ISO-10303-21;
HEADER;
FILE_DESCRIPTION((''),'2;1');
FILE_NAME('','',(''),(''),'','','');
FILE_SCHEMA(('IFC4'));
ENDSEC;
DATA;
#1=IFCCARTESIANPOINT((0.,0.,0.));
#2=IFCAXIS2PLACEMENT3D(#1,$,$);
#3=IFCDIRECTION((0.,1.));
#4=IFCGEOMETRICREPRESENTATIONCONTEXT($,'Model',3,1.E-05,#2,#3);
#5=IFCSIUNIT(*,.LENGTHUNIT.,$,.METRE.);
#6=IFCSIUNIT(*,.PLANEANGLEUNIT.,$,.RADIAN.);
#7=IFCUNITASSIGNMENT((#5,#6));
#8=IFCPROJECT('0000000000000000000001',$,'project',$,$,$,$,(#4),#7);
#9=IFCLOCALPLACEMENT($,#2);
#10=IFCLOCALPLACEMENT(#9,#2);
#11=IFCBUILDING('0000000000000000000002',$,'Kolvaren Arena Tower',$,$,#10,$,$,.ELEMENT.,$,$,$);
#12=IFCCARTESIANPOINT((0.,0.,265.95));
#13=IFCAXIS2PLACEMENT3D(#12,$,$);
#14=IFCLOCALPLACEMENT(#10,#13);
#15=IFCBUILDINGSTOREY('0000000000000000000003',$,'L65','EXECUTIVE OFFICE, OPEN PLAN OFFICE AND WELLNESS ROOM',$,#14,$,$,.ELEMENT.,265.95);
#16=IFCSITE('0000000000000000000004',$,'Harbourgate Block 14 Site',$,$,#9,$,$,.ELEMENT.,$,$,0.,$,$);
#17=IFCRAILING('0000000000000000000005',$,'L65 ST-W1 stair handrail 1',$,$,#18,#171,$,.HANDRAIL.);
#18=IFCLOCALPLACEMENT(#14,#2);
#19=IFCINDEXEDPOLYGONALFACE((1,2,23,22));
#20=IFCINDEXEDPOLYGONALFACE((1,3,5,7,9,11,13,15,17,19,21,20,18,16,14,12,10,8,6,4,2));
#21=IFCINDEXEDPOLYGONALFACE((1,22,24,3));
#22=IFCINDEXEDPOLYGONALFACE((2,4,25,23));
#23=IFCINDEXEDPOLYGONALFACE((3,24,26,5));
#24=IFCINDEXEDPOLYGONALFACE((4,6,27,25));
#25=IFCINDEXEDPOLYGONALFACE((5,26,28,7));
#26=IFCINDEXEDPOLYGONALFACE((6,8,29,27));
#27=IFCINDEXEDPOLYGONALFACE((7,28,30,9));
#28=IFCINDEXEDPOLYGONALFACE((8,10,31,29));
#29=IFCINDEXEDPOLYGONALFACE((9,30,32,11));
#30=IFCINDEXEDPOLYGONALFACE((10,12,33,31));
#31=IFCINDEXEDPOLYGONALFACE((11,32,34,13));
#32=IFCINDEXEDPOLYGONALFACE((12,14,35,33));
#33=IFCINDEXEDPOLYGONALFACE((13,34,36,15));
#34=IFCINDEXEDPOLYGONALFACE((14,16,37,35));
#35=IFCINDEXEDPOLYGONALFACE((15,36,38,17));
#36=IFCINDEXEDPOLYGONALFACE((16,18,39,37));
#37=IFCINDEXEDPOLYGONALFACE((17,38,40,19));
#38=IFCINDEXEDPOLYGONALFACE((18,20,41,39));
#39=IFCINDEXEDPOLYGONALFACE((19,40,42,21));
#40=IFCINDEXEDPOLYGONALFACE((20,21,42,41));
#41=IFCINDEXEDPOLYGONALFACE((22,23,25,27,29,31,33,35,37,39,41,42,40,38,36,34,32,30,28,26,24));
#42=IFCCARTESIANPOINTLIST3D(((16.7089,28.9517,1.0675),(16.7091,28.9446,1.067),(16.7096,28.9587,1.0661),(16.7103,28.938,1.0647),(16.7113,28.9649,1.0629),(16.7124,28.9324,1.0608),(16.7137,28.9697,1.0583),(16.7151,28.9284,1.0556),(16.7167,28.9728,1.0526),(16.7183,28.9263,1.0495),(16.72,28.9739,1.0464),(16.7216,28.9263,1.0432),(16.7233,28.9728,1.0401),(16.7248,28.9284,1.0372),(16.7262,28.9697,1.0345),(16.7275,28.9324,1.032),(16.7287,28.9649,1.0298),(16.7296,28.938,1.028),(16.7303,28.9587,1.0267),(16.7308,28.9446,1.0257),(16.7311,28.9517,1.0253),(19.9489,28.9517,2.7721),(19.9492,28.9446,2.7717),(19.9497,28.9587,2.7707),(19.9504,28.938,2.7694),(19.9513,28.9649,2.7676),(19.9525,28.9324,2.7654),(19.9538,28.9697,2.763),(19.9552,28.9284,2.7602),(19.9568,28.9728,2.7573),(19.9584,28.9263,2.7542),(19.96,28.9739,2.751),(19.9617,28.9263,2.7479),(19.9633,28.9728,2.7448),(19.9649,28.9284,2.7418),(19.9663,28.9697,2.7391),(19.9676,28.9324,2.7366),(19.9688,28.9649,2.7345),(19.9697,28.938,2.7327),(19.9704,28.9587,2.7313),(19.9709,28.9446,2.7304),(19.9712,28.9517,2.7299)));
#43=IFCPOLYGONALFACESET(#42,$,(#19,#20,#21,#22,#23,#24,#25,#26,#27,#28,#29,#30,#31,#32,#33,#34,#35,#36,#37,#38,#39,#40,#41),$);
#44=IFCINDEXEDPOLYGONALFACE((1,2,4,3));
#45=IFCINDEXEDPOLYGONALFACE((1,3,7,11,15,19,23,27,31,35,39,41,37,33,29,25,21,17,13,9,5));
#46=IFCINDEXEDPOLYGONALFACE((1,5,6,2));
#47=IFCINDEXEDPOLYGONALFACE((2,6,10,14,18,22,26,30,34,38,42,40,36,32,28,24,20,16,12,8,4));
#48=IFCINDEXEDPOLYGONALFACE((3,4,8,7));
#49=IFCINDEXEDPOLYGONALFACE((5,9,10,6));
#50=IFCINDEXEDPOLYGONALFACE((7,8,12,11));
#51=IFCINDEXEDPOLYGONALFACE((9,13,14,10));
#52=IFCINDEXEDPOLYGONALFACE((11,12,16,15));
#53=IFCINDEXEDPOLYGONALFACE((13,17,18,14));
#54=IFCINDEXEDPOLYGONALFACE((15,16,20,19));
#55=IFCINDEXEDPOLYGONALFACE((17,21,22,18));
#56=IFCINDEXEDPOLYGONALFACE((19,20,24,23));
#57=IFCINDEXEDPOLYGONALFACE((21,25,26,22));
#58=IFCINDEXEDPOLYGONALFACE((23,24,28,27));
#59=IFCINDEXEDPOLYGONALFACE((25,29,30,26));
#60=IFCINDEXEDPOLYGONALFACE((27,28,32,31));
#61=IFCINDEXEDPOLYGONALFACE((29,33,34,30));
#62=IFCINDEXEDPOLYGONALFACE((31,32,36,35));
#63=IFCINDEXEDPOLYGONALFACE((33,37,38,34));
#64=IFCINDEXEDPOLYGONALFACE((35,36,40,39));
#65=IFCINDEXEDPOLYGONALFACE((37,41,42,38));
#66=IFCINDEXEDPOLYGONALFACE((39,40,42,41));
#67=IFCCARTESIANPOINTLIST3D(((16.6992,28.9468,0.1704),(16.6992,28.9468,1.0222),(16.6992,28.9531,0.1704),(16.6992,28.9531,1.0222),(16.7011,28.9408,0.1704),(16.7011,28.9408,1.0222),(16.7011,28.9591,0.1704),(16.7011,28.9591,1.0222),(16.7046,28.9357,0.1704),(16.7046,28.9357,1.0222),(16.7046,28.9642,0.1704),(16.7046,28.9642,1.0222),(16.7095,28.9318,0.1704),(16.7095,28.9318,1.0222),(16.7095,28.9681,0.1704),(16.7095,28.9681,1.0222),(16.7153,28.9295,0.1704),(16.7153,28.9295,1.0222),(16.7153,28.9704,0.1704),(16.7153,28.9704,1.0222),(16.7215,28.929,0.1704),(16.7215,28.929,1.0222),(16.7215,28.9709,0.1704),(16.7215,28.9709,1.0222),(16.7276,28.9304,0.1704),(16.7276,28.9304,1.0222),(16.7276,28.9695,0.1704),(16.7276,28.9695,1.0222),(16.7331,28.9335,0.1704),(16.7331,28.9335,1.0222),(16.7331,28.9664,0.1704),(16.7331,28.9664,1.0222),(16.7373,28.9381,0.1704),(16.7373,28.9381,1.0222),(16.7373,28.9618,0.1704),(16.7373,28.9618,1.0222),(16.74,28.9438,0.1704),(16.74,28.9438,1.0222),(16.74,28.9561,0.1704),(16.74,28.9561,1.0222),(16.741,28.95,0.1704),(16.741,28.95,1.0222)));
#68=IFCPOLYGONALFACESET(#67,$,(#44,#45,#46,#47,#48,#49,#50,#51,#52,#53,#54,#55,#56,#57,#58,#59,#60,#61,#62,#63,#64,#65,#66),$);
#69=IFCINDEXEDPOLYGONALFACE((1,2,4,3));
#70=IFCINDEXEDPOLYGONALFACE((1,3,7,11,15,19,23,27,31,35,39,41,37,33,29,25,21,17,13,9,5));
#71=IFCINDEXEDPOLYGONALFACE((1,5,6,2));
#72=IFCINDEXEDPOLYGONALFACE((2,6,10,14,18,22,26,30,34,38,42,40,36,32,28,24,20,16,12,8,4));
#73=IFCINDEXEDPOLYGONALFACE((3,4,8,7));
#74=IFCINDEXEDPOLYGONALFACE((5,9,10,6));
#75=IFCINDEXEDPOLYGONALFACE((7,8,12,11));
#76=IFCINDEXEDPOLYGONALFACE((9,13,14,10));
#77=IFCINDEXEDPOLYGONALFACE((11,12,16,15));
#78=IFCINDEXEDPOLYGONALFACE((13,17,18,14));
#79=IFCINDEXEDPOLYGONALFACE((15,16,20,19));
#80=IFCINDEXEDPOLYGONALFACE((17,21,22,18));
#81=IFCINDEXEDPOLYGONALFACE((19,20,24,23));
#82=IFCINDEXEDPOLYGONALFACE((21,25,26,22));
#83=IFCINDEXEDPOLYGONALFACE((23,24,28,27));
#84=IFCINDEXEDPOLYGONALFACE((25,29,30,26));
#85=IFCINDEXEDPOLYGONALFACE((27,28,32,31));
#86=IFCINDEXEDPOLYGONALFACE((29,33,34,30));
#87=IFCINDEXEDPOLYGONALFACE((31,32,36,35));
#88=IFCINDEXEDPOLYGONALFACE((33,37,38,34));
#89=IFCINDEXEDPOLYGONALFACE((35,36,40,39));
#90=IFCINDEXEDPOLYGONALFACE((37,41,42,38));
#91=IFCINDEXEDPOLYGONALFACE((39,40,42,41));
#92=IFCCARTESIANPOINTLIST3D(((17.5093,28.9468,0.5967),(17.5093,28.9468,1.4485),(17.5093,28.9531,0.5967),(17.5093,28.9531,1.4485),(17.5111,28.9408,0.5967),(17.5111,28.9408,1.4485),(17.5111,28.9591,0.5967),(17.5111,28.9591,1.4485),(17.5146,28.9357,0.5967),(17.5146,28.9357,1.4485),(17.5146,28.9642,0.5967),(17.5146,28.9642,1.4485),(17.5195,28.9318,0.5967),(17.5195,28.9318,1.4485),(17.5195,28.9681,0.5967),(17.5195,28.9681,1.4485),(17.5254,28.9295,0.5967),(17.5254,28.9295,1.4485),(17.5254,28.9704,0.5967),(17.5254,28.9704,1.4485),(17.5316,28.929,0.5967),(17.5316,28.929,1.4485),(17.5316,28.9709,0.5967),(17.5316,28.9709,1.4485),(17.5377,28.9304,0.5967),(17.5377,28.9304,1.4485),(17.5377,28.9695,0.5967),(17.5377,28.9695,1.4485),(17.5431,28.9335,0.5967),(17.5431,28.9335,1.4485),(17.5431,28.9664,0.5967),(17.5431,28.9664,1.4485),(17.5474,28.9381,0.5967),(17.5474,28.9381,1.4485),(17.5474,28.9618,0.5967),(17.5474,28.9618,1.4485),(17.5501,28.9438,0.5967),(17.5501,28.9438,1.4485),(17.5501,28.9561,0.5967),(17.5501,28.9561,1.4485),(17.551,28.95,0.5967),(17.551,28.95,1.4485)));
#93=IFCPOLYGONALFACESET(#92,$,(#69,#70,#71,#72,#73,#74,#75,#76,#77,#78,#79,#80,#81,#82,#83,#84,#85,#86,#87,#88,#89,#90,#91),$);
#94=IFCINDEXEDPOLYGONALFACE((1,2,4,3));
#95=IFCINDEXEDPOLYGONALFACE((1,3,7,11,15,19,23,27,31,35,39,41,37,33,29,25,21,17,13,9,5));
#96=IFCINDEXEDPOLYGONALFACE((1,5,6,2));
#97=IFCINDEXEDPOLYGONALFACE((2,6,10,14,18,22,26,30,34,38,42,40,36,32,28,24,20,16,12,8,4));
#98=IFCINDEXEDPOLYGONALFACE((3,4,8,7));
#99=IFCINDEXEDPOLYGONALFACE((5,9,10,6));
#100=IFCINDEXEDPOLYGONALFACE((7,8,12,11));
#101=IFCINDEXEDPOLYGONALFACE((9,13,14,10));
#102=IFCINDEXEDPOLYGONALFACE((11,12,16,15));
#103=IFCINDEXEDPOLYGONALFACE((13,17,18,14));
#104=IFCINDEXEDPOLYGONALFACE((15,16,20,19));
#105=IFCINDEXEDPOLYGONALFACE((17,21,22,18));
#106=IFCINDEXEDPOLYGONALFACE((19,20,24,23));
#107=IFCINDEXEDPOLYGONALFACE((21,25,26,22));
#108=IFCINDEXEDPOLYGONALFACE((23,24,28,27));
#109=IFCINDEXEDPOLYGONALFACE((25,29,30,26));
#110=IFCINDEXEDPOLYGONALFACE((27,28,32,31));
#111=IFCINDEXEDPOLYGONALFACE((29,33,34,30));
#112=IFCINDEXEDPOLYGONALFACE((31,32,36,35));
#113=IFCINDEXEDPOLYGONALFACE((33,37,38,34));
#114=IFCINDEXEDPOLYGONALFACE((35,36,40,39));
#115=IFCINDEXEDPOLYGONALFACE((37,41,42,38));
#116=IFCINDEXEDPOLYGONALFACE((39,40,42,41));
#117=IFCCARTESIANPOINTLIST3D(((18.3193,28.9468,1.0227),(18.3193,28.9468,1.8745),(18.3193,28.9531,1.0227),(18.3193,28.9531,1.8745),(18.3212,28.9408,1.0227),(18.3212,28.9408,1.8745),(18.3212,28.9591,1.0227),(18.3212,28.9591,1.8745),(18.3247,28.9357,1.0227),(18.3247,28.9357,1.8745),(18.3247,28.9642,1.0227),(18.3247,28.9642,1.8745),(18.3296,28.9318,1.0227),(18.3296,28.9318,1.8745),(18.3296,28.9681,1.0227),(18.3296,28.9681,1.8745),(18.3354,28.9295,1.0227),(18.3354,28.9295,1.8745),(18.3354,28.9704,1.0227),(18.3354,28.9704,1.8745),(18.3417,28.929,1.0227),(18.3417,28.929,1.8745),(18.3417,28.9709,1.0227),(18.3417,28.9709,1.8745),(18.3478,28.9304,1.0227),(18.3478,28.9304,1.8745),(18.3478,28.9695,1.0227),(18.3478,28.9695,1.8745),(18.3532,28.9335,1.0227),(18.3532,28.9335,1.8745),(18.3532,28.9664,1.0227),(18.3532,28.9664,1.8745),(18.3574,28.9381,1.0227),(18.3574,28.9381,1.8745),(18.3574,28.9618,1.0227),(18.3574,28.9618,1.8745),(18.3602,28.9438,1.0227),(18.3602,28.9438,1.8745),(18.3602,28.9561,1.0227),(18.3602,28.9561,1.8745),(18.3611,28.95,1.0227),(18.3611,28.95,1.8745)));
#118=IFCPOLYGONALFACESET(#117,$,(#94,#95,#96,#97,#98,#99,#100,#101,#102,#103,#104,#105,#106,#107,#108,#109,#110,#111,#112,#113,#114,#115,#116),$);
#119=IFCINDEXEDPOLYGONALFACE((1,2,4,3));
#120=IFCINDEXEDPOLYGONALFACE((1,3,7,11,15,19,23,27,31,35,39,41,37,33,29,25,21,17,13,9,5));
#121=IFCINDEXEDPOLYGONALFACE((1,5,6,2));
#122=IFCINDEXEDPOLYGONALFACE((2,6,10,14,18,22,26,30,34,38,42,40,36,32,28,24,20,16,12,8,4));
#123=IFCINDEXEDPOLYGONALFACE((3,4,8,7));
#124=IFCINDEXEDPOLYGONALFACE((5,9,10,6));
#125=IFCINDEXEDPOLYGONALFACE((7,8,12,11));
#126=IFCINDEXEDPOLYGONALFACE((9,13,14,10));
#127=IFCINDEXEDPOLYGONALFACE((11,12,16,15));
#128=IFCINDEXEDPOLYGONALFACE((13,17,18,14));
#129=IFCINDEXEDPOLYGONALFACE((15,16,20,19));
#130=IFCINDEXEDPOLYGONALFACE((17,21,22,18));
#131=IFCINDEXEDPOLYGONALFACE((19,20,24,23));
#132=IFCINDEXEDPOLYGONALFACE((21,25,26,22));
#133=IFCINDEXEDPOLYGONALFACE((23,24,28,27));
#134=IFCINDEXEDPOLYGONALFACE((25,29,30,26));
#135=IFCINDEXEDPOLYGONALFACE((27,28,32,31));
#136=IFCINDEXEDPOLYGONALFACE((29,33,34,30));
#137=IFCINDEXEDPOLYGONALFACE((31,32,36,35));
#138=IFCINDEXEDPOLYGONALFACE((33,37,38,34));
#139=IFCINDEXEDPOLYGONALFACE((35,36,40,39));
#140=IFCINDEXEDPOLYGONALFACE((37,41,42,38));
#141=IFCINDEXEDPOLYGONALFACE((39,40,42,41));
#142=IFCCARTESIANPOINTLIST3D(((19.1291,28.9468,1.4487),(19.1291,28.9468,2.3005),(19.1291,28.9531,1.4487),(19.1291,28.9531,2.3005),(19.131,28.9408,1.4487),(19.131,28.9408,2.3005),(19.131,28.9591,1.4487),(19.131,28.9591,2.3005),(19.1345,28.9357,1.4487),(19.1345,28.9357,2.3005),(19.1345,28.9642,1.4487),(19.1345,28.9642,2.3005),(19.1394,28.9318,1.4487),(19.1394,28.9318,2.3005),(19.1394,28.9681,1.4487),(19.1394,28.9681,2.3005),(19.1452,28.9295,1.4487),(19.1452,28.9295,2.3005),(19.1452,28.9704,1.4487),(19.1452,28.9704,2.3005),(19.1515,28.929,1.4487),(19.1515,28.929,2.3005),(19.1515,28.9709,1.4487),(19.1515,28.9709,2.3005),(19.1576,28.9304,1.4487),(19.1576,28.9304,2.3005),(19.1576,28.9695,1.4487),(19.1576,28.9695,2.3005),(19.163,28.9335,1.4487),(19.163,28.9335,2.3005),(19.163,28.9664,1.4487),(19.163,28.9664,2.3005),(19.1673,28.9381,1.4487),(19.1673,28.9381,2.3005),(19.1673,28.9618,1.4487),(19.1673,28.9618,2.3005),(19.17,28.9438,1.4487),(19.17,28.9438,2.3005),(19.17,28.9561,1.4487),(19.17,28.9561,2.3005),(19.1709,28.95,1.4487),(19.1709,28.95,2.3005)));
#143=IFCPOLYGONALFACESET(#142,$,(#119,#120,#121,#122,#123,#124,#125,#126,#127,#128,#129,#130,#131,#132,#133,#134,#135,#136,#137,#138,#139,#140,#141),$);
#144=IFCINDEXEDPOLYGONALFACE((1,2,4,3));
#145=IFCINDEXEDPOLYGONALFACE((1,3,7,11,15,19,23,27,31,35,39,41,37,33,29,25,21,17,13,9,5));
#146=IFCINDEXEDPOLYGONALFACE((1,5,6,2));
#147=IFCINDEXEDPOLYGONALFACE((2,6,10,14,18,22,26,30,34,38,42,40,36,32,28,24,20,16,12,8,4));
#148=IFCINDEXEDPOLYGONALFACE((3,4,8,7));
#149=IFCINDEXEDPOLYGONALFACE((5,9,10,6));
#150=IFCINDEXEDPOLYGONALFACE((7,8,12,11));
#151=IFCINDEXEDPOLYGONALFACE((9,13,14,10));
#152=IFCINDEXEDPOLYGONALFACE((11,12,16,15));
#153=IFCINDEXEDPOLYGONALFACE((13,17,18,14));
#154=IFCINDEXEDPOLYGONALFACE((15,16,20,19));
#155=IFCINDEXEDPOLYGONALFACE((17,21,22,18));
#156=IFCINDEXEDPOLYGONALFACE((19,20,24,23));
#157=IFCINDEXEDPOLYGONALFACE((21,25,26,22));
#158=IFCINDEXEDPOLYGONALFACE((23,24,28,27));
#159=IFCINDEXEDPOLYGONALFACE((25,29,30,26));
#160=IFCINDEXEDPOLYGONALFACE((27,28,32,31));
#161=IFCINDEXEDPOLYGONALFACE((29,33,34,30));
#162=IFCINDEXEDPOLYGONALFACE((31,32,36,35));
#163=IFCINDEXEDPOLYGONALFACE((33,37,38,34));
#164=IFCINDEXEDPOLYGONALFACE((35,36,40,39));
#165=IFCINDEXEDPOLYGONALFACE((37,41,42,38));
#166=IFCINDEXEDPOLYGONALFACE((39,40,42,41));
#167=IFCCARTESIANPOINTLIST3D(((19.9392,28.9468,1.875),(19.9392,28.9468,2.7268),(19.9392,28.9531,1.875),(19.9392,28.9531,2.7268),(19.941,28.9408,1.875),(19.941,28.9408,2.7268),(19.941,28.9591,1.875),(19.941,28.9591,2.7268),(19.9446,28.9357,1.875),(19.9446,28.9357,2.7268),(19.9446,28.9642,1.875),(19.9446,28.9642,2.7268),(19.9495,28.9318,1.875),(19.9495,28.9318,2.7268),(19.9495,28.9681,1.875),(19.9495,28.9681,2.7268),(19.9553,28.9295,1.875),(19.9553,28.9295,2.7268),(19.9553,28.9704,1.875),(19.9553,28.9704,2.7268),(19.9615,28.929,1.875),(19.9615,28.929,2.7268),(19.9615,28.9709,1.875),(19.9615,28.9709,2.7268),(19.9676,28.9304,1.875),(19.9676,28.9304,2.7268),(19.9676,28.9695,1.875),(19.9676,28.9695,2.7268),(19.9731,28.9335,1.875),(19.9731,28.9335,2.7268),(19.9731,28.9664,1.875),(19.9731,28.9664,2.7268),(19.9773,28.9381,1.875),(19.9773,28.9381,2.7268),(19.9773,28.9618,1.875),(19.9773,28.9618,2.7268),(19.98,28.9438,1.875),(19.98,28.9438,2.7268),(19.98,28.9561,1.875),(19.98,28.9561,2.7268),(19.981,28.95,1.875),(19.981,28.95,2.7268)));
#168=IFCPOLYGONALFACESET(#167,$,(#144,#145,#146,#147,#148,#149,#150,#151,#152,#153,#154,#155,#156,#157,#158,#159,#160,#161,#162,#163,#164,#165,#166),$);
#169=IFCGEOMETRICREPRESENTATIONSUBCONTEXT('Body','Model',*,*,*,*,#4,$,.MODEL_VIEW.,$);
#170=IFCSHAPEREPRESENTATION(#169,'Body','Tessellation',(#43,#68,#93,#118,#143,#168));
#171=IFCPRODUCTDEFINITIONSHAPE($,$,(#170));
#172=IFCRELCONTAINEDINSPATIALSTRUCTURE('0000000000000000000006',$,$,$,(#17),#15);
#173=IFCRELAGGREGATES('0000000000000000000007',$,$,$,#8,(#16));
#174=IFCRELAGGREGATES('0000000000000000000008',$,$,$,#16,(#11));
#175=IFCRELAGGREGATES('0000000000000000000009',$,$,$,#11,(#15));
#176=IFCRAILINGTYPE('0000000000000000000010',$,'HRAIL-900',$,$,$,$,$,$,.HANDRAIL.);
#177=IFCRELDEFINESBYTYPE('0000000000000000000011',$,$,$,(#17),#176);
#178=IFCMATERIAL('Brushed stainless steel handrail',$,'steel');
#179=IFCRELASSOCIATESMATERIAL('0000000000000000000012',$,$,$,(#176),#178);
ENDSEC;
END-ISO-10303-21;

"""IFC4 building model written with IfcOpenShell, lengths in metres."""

from ifc_helpers import new_model, si_unit, direction, frame, origin, origin_2d, place, context, subcontext, project, spatial, circle, extrude, material, type_object, element, save


model = new_model("IFC4")

# Units and contexts
model_context = context("Model", 3, precision=1e-05, world=origin(), true_north=direction((0.0, 1.0)))
body_context = subcontext(model_context, "Body", "Model", "MODEL_VIEW")
ifc_project = project(units=[si_unit("LENGTHUNIT", "METRE"), si_unit("PLANEANGLEUNIT", "RADIAN")], contexts=[model_context])

# Site, building, storey
site_placement = place(None, origin())
site = spatial("IfcSite", under=ifc_project, at=site_placement, Name="Harbourgate Block 14 Site", CompositionType="ELEMENT", RefElevation=0.0)
building_placement = place(site_placement, origin())
building = spatial("IfcBuilding", under=site, at=building_placement, Name="Kolvaren Arena Tower", CompositionType="ELEMENT")
storey_placement = place(building_placement, frame((0.0, 0.0, 265.95)))
storey = spatial("IfcBuildingStorey", under=building, at=storey_placement, Name="L65", Description="EXECUTIVE OFFICE, OPEN PLAN OFFICE AND WELLNESS ROOM", CompositionType="ELEMENT", Elevation=265.95)

# Railing
ifc_material_1 = material(Name="Brushed stainless steel handrail", Category="steel")
railing_type_1 = type_object("IfcRailingType", Name="HRAIL-900", PredefinedType="HANDRAIL", material=ifc_material_1)
railing_1_placement = place(storey_placement, frame((16.72, 28.95, 0.1704)))
element("IfcRailing", 1, at=railing_1_placement, inside=storey, type_object=railing_type_1, Name="L65 ST-W1 stair handrail 1", PredefinedType="HANDRAIL", context=body_context, shape_type="SweptSolid", body=[
    extrude(circle(Radius=0.0239, at=origin_2d()), frame((0.0, 0.0, 0.876), z_axis=(0.884993, 0.0, 0.465604), x_axis=(0.0, 1.0, 0.0)), (0.0, 0.0, 1.0), 3.6611),
    extrude(circle(Radius=0.021, at=origin_2d()), origin(), (0.0, 0.0, 1.0), 0.8518),
    extrude(circle(Radius=0.021, at=origin_2d()), frame((0.8101, 0.0, 0.4263)), (0.0, 0.0, 1.0), 0.8518),
    extrude(circle(Radius=0.021, at=origin_2d()), frame((1.6201, 0.0, 0.8523)), (0.0, 0.0, 1.0), 0.8518),
    extrude(circle(Radius=0.021, at=origin_2d()), frame((2.4299, 0.0, 1.2783)), (0.0, 0.0, 1.0), 0.8518),
    extrude(circle(Radius=0.021, at=origin_2d()), frame((3.24, 0.0, 1.7046)), (0.0, 0.0, 1.0), 0.8518),
])

save(model, "model.ifc")
